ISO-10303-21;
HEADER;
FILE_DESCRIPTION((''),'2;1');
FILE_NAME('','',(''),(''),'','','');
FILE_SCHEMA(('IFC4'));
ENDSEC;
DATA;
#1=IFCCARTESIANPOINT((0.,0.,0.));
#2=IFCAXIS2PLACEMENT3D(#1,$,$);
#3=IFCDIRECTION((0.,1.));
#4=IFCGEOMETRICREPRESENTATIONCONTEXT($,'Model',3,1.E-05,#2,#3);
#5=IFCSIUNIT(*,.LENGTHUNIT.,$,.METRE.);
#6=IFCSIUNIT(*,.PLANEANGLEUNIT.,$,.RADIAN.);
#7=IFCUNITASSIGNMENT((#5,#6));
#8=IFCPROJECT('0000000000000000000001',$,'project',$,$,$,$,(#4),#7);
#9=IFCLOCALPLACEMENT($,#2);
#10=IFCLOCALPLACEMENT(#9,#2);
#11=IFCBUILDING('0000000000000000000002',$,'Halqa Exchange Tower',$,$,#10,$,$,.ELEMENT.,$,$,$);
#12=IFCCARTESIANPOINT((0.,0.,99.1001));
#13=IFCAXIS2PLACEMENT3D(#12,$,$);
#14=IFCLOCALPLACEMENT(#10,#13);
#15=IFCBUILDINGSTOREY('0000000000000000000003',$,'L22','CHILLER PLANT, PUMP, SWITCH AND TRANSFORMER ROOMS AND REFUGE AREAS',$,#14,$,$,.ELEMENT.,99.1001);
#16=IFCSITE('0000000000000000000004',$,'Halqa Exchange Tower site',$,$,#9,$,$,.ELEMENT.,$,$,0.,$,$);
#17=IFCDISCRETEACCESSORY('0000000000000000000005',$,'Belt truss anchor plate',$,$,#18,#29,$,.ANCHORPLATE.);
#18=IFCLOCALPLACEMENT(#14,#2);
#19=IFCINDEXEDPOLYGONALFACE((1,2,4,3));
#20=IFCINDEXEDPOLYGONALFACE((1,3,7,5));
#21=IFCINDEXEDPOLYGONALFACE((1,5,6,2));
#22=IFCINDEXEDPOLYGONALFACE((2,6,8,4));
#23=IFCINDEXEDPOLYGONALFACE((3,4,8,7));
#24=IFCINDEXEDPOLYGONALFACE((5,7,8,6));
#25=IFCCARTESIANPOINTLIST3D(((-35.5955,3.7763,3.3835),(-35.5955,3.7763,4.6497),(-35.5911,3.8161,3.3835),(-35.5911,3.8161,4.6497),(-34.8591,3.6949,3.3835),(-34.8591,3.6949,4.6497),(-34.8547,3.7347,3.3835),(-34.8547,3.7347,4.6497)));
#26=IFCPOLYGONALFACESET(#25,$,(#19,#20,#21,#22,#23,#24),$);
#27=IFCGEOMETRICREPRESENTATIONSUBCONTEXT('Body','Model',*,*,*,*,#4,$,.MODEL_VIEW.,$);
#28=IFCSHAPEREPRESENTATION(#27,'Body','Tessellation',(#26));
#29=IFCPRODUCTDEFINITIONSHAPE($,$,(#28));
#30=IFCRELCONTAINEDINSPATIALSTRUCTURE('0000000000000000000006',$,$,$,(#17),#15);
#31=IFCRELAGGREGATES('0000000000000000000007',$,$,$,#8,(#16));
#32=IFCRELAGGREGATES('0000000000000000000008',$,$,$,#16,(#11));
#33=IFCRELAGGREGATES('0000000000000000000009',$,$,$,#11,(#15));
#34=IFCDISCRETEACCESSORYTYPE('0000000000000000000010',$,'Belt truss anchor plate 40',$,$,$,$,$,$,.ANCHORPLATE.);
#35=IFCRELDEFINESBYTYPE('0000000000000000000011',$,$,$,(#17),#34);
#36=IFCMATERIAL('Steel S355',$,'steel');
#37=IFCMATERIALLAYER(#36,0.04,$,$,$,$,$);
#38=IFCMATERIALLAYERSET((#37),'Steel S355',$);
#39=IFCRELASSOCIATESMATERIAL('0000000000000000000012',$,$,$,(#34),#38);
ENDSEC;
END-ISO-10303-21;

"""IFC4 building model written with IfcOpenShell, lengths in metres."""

from ifc_helpers import new_model, si_unit, direction, frame, origin, origin_2d, place, context, subcontext, project, spatial, rectangle, extrude, material, layer, layer_set, type_object, element, save


model = new_model("IFC4")

# Units and contexts
model_context = context("Model", 3, precision=1e-05, world=origin(), true_north=direction((0.0, 1.0)))
body_context = subcontext(model_context, "Body", "Model", "MODEL_VIEW")
ifc_project = project(units=[si_unit("LENGTHUNIT", "METRE"), si_unit("PLANEANGLEUNIT", "RADIAN")], contexts=[model_context])

# Site, building, storey
site_placement = place(None, origin())
site = spatial("IfcSite", under=ifc_project, at=site_placement, Name="Halqa Exchange Tower site", CompositionType="ELEMENT", RefElevation=0.0)
building_placement = place(site_placement, origin())
building = spatial("IfcBuilding", under=site, at=building_placement, Name="Halqa Exchange Tower", CompositionType="ELEMENT")
storey_placement = place(building_placement, frame((0.0, 0.0, 99.1001)))
storey = spatial("IfcBuildingStorey", under=building, at=storey_placement, Name="L22", Description="CHILLER PLANT, PUMP, SWITCH AND TRANSFORMER ROOMS AND REFUGE AREAS", CompositionType="ELEMENT", Elevation=99.1001)

# Shared definitions
ifc_material_1 = material(Name="Steel S355", Category="steel")

# Discrete accessory
ifc_layer_1 = layer(ifc_material_1, 0.04)
ifc_layer_set_1 = layer_set([ifc_layer_1], Name="Steel S355")
discrete_accessory_type = type_object("IfcDiscreteAccessoryType", Name="Belt truss anchor plate 40", PredefinedType="ANCHORPLATE", material=ifc_layer_set_1)
discrete_accessory_1_placement = place(storey_placement, frame((-35.2273, 3.7356, 4.0166), z_axis=(0.109762, 0.993958, 0.0), x_axis=(-0.993958, 0.109762, 0.0)))
element("IfcDiscreteAccessory", 1, at=discrete_accessory_1_placement, inside=storey, type_object=discrete_accessory_type, Name="Belt truss anchor plate", PredefinedType="ANCHORPLATE", context=body_context, shape_type="SweptSolid", body=[
    extrude(rectangle(XDim=0.741, YDim=1.2661, at=origin_2d()), origin(), (0.0, 0.0, 1.0), 0.04),
])

save(model, "model.ifc")
